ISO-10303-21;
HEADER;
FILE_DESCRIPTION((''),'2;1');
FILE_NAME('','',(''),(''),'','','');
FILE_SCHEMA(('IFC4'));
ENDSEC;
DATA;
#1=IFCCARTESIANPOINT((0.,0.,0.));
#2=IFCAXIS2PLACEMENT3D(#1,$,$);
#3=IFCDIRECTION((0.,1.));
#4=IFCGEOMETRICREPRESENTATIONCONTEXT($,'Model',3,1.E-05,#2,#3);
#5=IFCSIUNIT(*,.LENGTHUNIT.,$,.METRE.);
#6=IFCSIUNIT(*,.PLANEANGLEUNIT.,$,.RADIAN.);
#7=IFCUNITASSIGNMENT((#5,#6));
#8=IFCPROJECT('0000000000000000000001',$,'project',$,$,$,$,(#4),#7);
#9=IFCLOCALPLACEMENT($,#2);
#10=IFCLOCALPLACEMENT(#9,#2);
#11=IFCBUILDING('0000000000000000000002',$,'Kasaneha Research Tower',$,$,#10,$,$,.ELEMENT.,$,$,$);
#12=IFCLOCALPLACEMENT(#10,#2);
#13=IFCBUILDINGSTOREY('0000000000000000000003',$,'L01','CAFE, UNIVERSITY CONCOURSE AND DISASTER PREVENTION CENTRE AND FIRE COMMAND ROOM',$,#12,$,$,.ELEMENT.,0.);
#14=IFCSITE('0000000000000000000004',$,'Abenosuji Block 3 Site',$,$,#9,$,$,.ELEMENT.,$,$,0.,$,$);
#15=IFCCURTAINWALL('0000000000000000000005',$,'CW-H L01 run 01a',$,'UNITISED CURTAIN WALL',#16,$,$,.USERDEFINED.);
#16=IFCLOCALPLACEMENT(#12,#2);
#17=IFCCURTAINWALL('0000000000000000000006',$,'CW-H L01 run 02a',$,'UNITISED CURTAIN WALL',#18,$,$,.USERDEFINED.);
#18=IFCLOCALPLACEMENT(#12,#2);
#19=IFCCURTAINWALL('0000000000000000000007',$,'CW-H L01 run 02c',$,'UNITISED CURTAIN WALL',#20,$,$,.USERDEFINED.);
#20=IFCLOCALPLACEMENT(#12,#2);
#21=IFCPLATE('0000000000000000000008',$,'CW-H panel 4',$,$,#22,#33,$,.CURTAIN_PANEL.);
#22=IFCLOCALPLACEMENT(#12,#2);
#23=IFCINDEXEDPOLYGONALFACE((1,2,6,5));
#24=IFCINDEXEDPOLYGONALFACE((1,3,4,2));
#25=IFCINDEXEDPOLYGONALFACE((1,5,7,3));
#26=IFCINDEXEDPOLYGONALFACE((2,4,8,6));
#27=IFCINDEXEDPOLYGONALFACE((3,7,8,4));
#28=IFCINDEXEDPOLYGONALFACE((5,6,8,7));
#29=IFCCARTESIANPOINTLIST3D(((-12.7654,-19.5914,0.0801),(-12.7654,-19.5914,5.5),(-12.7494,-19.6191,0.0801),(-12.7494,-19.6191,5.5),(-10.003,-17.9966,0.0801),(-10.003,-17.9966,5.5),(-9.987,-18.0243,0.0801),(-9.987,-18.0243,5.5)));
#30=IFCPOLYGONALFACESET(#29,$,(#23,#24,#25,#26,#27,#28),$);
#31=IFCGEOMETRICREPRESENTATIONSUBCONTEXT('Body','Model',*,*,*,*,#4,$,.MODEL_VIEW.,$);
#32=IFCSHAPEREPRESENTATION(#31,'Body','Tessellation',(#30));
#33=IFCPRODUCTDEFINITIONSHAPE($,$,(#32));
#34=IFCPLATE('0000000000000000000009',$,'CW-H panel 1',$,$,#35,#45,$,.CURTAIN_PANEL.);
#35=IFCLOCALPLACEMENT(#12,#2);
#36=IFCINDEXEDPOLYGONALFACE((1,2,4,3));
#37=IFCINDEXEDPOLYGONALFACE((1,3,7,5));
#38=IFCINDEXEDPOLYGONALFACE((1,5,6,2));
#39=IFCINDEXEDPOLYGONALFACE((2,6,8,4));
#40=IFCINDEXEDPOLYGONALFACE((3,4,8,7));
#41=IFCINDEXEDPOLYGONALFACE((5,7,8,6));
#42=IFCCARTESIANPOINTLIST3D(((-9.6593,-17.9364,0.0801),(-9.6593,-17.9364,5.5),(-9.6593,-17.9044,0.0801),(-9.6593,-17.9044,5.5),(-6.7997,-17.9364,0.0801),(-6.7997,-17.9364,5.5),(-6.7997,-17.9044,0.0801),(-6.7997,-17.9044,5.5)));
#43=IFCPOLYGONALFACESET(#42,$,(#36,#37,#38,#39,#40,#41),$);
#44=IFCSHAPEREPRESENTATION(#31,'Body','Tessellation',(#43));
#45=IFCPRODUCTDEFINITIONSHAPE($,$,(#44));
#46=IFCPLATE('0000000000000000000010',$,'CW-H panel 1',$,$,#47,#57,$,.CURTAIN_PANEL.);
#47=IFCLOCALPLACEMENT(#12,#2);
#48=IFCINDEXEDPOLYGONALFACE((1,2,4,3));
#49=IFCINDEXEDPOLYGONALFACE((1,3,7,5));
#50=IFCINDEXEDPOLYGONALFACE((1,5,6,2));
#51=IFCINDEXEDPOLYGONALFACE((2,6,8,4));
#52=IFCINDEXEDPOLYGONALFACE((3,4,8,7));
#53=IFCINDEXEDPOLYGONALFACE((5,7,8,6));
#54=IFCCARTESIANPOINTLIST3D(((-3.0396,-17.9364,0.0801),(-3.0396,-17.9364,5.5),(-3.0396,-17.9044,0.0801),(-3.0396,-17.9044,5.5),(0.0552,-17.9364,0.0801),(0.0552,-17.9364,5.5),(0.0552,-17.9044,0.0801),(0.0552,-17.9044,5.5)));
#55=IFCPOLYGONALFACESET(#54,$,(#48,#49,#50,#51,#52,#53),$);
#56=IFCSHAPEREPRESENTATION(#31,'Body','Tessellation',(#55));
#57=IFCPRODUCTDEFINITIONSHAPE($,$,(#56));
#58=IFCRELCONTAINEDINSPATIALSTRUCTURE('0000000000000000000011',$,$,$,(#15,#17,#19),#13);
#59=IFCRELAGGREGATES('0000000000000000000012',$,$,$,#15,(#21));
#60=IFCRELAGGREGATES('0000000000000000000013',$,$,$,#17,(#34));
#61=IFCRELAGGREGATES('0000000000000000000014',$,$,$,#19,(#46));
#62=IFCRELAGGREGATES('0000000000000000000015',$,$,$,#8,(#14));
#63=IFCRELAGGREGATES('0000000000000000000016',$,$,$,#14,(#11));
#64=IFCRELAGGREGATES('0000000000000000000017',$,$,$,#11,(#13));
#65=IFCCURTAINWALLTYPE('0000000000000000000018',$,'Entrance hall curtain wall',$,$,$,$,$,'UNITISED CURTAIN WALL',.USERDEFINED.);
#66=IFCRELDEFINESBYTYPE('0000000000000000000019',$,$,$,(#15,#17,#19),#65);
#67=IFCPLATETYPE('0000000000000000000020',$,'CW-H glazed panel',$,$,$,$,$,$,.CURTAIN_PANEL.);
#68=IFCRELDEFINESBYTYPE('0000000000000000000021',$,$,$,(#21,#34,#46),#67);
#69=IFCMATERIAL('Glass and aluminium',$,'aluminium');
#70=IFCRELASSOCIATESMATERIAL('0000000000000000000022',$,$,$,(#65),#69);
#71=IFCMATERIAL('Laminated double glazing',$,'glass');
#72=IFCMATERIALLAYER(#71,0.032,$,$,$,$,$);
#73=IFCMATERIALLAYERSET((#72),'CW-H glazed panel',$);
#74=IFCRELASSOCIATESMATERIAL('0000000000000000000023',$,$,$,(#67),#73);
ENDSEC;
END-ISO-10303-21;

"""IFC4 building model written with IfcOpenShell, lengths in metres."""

from ifc_helpers import new_model, si_unit, direction, frame, origin, origin_2d, place, context, subcontext, project, spatial, rectangle, extrude, material, layer, layer_set, type_object, element, aggregate, save


model = new_model("IFC4")

# Units and contexts
model_context = context("Model", 3, precision=1e-05, world=origin(), true_north=direction((0.0, 1.0)))
body_context = subcontext(model_context, "Body", "Model", "MODEL_VIEW")
ifc_project = project(units=[si_unit("LENGTHUNIT", "METRE"), si_unit("PLANEANGLEUNIT", "RADIAN")], contexts=[model_context])

# Site, building, storey
site_placement = place(None, origin())
site = spatial("IfcSite", under=ifc_project, at=site_placement, Name="Abenosuji Block 3 Site", CompositionType="ELEMENT", RefElevation=0.0)
building_placement = place(site_placement, origin())
building = spatial("IfcBuilding", under=site, at=building_placement, Name="Kasaneha Research Tower", CompositionType="ELEMENT")
storey_placement = place(building_placement, origin())
storey = spatial("IfcBuildingStorey", under=building, at=storey_placement, Name="L01", Description="CAFE, UNIVERSITY CONCOURSE AND DISASTER PREVENTION CENTRE AND FIRE COMMAND ROOM", CompositionType="ELEMENT", Elevation=0.0)

# Curtain walls
ifc_material_1 = material(Name="Glass and aluminium", Category="aluminium")
curtain_wall_type = type_object("IfcCurtainWallType", Name="Entrance hall curtain wall", ElementType="UNITISED CURTAIN WALL", PredefinedType="USERDEFINED", material=ifc_material_1)
curtain_wall_1_placement = place(storey_placement, origin())
curtain_wall_1 = element("IfcCurtainWall", 1, at=curtain_wall_1_placement, inside=storey, type_object=curtain_wall_type, Name="CW-H L01 run 01a", ObjectType="UNITISED CURTAIN WALL", PredefinedType="USERDEFINED")
curtain_wall_2_placement = place(storey_placement, origin())
curtain_wall_2 = element("IfcCurtainWall", 2, at=curtain_wall_2_placement, inside=storey, type_object=curtain_wall_type, Name="CW-H L01 run 02a", ObjectType="UNITISED CURTAIN WALL", PredefinedType="USERDEFINED")

# Curtain wall
curtain_wall_3_placement = place(storey_placement, origin())
curtain_wall_3 = element("IfcCurtainWall", 3, at=curtain_wall_3_placement, inside=storey, type_object=curtain_wall_type, Name="CW-H L01 run 02c", ObjectType="UNITISED CURTAIN WALL", PredefinedType="USERDEFINED")

# Plates
ifc_material_2 = material(Name="Laminated double glazing", Category="glass")
ifc_layer_1 = layer(ifc_material_2, 0.032)
ifc_layer_set_1 = layer_set([ifc_layer_1], Name="CW-H glazed panel")
plate_type = type_object("IfcPlateType", Name="CW-H glazed panel", PredefinedType="CURTAIN_PANEL", material=ifc_layer_set_1)
plate_1_placement = place(storey_placement, frame((-11.3762, -18.8079, 0.0801), z_axis=(0.0, 0.0, 1.0), x_axis=(0.866025, 0.5, 0.0)))
plate_1 = element("IfcPlate", 4, at=plate_1_placement, type_object=plate_type, Name="CW-H panel 4", PredefinedType="CURTAIN_PANEL", context=body_context, shape_type="SweptSolid", body=[
    extrude(rectangle(XDim=3.1897, YDim=0.032, at=origin_2d()), origin(), (0.0, 0.0, 1.0), 5.4199),
])
aggregate(curtain_wall_1, [plate_1])
plate_2_placement = place(storey_placement, frame((-8.2295, -17.9204, 0.0801), z_axis=(0.0, 0.0, 1.0), x_axis=(1.0, 0.0, 0.0)))
plate_2 = element("IfcPlate", 5, at=plate_2_placement, type_object=plate_type, Name="CW-H panel 1", PredefinedType="CURTAIN_PANEL", context=body_context, shape_type="SweptSolid", body=[
    extrude(rectangle(XDim=2.8596, YDim=0.032, at=origin_2d()), origin(), (0.0, 0.0, 1.0), 5.4199),
])
aggregate(curtain_wall_2, [plate_2])
plate_3_placement = place(storey_placement, frame((-1.4922, -17.9204, 0.0801), z_axis=(0.0, 0.0, 1.0), x_axis=(1.0, 0.0, 0.0)))
plate_3 = element("IfcPlate", 6, at=plate_3_placement, type_object=plate_type, Name="CW-H panel 1", PredefinedType="CURTAIN_PANEL", context=body_context, shape_type="SweptSolid", body=[
    extrude(rectangle(XDim=3.0947, YDim=0.032, at=origin_2d()), origin(), (0.0, 0.0, 1.0), 5.4199),
])
aggregate(curtain_wall_3, [plate_3])

save(model, "model.ifc")
